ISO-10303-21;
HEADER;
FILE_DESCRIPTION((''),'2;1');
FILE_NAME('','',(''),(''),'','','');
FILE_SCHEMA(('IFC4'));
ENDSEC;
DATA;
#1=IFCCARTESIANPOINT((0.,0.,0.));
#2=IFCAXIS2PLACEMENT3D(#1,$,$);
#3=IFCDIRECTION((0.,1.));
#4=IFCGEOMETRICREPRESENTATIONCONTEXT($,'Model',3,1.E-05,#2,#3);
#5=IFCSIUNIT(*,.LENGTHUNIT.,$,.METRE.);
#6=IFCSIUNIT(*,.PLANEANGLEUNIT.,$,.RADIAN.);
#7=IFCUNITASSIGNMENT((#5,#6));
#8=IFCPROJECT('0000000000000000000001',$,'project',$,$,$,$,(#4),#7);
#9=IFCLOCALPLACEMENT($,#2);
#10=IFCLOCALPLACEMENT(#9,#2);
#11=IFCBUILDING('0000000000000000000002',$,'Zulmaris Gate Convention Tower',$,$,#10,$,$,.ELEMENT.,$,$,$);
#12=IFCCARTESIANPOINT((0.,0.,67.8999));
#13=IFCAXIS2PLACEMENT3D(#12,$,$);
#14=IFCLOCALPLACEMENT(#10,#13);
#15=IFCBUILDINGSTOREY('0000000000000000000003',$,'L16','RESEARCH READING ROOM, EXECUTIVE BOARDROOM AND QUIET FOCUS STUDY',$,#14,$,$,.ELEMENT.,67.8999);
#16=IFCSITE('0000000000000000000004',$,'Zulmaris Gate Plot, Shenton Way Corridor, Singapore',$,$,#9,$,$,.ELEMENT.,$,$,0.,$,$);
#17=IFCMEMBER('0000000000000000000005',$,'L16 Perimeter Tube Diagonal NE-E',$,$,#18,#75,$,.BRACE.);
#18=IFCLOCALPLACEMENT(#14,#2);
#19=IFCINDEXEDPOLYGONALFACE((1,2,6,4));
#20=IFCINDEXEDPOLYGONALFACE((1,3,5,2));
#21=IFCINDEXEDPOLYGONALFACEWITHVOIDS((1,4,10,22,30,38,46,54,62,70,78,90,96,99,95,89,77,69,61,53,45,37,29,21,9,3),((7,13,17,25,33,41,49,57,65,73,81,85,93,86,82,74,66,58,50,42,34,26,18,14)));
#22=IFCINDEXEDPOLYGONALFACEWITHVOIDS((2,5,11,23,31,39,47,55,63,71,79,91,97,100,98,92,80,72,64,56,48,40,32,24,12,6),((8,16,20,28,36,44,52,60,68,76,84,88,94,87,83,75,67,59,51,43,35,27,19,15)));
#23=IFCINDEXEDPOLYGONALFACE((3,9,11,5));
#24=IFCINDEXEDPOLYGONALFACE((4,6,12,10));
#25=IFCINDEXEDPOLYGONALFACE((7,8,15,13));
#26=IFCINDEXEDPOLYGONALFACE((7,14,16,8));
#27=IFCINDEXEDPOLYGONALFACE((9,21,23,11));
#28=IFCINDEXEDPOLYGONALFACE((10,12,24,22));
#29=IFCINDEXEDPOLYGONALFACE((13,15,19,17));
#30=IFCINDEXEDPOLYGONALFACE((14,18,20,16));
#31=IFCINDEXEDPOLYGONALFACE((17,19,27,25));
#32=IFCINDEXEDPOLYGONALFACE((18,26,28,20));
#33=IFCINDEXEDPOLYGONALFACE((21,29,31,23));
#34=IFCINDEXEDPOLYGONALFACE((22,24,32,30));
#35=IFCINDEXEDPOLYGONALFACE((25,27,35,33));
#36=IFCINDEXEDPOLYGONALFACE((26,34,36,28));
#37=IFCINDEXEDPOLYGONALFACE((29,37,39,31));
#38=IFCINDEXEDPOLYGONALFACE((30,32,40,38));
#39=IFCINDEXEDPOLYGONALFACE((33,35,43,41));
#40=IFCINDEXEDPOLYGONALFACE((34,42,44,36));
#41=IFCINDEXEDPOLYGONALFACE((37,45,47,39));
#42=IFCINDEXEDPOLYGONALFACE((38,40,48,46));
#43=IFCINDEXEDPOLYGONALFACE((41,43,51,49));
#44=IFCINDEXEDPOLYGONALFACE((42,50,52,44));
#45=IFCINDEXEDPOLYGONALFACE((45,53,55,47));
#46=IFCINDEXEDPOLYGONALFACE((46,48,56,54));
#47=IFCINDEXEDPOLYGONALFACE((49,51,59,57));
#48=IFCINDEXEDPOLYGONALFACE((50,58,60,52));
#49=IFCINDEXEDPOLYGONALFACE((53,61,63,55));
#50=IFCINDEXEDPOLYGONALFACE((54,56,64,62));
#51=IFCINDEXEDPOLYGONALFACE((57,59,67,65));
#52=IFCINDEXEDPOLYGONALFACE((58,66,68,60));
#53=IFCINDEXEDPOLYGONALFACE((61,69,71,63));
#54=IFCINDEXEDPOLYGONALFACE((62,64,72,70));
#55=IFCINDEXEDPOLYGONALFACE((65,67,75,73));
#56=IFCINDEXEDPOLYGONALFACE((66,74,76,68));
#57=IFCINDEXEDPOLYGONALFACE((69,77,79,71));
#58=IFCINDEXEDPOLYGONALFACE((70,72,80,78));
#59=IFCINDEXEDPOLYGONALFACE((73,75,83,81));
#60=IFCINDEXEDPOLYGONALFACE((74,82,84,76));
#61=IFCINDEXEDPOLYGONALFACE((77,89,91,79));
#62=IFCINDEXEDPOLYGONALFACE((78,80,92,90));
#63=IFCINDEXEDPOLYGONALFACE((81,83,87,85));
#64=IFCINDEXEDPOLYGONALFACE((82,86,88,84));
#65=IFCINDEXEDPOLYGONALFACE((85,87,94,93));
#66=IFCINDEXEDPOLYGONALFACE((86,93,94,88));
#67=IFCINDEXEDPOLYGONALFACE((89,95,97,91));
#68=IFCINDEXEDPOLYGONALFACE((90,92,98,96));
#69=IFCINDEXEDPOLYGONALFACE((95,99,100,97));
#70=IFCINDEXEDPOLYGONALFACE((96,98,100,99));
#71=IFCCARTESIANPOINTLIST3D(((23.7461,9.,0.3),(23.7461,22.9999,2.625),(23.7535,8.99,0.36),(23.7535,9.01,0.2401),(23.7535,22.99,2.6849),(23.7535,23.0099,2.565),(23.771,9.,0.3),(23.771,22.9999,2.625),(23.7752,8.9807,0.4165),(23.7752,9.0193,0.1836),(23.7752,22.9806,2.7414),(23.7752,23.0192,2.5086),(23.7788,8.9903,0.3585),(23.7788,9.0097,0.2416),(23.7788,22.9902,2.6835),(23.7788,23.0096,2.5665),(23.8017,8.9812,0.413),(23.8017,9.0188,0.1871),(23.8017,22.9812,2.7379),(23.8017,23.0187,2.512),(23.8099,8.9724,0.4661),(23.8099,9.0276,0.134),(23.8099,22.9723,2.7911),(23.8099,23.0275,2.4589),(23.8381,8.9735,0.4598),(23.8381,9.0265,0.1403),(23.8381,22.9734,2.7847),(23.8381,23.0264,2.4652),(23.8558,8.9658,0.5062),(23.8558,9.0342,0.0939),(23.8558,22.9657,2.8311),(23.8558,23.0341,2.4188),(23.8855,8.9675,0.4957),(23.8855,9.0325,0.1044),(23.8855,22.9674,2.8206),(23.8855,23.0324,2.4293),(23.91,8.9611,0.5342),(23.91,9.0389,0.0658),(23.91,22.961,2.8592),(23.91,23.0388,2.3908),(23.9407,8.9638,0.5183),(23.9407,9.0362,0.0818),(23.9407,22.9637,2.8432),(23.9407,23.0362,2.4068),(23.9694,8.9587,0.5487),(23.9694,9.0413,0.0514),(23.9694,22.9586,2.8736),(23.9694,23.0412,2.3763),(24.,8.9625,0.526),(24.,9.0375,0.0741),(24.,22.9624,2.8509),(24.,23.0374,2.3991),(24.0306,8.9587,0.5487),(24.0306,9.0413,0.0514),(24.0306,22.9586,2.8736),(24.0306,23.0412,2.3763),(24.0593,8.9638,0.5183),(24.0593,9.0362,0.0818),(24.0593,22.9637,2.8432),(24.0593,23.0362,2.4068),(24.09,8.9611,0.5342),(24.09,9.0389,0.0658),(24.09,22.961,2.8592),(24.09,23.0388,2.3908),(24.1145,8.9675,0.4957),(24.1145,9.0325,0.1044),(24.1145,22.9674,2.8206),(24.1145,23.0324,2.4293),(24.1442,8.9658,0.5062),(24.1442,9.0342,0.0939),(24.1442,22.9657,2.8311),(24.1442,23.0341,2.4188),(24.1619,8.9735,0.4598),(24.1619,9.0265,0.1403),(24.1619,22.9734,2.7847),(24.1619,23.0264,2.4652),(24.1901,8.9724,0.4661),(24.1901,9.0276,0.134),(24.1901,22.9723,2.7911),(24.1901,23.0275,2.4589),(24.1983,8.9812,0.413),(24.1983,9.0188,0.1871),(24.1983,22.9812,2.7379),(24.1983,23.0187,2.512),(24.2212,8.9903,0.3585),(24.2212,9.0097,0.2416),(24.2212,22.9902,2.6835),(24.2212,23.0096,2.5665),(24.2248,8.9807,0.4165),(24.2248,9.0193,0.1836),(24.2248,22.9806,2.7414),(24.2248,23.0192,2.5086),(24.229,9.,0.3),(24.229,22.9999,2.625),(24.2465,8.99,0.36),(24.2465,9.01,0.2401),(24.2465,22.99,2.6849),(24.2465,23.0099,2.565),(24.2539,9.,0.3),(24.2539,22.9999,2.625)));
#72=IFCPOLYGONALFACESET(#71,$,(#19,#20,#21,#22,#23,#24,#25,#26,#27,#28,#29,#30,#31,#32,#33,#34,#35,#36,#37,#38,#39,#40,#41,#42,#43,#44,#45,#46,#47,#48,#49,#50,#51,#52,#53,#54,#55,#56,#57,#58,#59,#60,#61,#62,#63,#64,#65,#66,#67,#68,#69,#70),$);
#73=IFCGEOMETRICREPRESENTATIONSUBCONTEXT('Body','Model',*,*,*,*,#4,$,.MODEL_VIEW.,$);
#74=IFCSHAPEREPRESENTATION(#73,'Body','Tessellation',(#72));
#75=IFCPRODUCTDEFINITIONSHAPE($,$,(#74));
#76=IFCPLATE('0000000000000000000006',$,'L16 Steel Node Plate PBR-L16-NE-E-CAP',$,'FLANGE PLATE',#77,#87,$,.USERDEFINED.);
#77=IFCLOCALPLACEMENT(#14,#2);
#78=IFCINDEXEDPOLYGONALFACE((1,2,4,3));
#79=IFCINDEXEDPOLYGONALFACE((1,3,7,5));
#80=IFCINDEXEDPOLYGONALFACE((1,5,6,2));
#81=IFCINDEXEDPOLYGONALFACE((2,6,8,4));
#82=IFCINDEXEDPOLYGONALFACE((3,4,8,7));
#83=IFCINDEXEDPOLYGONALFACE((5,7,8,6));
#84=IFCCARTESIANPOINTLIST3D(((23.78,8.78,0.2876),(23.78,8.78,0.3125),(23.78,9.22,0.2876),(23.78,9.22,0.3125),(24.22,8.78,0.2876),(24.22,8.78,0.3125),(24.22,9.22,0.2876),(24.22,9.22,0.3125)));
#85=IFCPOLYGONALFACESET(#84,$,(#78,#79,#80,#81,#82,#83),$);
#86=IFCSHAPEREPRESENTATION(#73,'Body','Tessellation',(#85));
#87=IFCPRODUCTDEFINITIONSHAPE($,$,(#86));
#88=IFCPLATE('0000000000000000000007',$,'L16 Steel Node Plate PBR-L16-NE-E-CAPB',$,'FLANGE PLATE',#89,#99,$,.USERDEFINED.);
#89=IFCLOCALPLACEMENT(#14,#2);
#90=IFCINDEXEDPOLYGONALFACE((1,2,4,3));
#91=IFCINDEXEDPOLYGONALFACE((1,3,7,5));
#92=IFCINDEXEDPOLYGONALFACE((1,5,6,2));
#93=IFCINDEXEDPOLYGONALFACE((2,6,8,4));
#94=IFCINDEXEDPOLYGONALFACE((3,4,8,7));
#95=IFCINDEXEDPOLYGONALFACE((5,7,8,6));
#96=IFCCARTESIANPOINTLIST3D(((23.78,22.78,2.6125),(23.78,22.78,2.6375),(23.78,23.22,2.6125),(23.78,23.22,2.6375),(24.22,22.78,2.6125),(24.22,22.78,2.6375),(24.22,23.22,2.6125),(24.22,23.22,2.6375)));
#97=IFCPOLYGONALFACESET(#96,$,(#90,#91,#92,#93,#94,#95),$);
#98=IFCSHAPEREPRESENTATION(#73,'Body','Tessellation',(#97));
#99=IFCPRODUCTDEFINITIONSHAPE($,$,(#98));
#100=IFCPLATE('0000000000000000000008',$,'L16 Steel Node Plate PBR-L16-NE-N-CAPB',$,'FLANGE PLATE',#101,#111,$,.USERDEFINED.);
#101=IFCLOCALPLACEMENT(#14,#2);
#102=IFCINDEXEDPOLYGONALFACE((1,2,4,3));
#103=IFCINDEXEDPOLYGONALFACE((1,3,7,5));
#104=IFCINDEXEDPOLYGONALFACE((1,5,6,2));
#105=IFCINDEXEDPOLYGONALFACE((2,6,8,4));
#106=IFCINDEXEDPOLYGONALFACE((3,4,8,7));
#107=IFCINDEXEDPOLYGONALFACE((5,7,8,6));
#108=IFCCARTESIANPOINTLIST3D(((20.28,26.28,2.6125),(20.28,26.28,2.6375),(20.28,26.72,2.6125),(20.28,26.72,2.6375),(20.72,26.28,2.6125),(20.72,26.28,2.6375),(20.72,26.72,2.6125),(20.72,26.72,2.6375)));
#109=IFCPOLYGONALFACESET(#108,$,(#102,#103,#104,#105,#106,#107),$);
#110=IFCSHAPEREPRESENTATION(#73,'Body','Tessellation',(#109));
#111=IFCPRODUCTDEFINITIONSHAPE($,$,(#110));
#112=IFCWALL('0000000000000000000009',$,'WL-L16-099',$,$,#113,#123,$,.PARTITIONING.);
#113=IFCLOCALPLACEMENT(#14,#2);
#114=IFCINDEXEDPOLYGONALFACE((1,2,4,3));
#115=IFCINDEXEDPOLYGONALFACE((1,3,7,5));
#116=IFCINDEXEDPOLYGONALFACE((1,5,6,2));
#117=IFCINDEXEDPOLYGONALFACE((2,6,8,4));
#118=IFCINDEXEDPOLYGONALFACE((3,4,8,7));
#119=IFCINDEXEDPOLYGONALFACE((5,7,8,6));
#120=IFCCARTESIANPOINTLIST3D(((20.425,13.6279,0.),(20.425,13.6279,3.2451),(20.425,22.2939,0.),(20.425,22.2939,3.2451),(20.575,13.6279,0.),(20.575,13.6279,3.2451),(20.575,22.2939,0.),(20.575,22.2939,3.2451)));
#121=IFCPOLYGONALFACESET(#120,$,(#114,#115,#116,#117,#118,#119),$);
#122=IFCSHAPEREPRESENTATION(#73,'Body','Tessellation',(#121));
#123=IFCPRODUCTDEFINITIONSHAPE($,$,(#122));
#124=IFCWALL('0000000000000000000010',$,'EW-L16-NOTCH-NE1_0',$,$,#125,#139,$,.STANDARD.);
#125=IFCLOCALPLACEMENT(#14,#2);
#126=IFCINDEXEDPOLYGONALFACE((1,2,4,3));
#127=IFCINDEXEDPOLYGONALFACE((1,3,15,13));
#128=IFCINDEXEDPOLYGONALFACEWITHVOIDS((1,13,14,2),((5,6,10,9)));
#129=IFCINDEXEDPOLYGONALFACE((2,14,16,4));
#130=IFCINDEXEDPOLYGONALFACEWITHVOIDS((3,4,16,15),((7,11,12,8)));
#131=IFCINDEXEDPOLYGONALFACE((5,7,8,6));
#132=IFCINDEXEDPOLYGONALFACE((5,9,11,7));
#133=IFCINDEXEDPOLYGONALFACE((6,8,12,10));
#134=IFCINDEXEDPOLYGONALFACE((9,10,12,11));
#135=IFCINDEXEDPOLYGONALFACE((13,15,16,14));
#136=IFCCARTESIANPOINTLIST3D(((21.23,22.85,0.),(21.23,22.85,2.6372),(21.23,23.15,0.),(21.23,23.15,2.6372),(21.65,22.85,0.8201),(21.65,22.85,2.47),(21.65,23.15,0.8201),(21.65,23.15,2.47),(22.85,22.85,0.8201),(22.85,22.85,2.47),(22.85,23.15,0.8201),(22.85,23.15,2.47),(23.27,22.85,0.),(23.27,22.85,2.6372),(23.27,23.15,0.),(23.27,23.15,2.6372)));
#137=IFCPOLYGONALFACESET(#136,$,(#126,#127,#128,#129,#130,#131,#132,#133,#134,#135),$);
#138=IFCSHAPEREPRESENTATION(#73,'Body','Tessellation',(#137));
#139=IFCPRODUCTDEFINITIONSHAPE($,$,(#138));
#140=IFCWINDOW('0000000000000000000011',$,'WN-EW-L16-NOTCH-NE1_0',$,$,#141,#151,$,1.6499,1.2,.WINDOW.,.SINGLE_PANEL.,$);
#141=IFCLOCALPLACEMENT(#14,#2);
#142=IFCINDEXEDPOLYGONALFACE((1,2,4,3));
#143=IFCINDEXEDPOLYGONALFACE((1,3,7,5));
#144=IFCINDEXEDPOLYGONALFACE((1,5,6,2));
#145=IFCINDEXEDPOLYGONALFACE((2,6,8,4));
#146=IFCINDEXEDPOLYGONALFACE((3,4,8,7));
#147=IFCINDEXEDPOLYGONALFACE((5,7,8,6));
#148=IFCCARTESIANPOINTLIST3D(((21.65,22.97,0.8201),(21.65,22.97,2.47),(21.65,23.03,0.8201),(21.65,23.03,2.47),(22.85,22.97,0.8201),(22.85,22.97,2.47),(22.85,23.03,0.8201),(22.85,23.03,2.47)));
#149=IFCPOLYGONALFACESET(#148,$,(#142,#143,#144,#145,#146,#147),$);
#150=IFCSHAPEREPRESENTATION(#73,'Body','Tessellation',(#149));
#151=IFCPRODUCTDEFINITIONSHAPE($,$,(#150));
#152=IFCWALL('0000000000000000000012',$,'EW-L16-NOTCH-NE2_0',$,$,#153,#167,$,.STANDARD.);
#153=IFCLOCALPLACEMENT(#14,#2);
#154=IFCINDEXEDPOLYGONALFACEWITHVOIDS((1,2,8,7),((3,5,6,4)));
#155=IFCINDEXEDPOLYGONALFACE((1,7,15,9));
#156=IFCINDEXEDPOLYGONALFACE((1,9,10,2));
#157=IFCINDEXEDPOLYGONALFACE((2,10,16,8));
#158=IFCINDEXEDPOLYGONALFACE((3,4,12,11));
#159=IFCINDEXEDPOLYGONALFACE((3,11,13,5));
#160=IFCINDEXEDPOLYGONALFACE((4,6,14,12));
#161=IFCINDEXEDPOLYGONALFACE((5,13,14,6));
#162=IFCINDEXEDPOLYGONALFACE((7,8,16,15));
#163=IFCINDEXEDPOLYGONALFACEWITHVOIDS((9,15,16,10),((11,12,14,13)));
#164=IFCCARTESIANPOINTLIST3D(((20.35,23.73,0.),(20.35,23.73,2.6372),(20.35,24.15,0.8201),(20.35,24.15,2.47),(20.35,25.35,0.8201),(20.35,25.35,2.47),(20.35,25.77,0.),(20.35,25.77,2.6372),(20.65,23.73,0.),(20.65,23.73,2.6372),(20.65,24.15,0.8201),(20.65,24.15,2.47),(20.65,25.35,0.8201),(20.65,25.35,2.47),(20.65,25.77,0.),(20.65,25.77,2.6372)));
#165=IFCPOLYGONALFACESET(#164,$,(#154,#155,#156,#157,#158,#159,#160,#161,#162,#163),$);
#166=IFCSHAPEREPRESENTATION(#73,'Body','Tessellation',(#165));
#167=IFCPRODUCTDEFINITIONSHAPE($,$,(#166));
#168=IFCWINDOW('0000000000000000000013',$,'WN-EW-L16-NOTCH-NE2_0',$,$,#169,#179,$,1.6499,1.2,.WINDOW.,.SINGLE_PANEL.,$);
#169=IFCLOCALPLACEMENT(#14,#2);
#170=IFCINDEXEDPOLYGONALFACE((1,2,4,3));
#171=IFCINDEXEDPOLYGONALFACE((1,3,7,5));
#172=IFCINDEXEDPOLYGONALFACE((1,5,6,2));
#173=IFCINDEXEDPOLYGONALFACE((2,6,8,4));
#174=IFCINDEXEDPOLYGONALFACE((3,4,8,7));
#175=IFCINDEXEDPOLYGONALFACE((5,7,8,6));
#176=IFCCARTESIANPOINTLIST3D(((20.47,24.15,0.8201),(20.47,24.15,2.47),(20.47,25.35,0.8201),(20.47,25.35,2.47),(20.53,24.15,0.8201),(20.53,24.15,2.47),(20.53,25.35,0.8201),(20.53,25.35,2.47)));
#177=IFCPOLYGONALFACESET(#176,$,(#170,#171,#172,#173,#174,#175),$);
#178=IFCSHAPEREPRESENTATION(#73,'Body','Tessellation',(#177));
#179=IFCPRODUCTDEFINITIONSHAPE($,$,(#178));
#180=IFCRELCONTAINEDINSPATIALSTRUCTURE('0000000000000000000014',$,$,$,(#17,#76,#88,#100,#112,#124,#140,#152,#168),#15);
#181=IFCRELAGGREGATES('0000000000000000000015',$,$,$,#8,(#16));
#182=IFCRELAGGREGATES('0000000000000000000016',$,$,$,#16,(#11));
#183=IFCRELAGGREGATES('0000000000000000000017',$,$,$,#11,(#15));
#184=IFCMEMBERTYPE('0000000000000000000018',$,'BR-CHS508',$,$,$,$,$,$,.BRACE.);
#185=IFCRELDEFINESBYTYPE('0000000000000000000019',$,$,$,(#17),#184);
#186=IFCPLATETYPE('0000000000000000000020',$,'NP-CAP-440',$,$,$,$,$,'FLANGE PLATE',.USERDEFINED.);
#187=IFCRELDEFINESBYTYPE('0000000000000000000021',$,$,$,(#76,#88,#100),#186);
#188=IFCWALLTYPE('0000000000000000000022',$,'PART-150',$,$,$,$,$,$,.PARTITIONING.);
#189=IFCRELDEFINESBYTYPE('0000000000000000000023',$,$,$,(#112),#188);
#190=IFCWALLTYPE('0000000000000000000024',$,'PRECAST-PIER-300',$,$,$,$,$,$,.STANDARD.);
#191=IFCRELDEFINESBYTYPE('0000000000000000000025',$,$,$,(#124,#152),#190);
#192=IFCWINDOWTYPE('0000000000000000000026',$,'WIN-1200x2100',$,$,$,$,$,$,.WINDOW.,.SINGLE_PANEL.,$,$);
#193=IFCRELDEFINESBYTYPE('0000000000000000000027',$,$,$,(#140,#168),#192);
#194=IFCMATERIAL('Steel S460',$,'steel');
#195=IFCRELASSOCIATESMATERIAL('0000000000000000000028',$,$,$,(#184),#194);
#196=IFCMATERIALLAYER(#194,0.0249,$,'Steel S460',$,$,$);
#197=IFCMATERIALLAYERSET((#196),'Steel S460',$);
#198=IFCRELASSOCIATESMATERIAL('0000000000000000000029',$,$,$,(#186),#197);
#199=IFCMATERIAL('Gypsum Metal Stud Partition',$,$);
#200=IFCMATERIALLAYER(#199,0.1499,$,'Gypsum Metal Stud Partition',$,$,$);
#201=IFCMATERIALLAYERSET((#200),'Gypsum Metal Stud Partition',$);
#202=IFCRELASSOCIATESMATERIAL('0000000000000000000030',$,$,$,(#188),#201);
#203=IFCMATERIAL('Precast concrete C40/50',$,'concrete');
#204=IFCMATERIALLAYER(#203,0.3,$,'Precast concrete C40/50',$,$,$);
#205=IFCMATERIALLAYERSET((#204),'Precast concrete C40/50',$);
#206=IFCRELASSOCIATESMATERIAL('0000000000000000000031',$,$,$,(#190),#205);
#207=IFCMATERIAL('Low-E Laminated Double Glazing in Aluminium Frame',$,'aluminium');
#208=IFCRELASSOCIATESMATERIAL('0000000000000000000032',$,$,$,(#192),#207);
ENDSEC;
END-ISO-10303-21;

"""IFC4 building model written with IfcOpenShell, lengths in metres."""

from ifc_helpers import new_model, si_unit, direction, frame, frame_2d, origin, origin_2d, place, context, subcontext, project, spatial, rectangle, hollow_circle, extrude, material, layer, layer_set, material_profile, profile_set, type_object, element, fill, save


model = new_model("IFC4")

# Units and contexts
model_context = context("Model", 3, precision=1e-05, world=origin(), true_north=direction((0.0, 1.0)))
body_context = subcontext(model_context, "Body", "Model", "MODEL_VIEW")
ifc_project = project(units=[si_unit("LENGTHUNIT", "METRE"), si_unit("PLANEANGLEUNIT", "RADIAN")], contexts=[model_context])

# Site, building, storey
site_placement = place(None, origin())
site = spatial("IfcSite", under=ifc_project, at=site_placement, Name="Zulmaris Gate Plot, Shenton Way Corridor, Singapore", CompositionType="ELEMENT", RefElevation=0.0)
building_placement = place(site_placement, origin())
building = spatial("IfcBuilding", under=site, at=building_placement, Name="Zulmaris Gate Convention Tower", CompositionType="ELEMENT")
storey_placement = place(building_placement, frame((0.0, 0.0, 67.8999)))
storey = spatial("IfcBuildingStorey", under=building, at=storey_placement, Name="L16", Description="RESEARCH READING ROOM, EXECUTIVE BOARDROOM AND QUIET FOCUS STUDY", CompositionType="ELEMENT", Elevation=67.8999)

# Member
ifc_material_1 = material(Name="Steel S460", Category="steel")
ifc_material_profile_1 = material_profile(ifc_material_1, hollow_circle(Radius=0.2539, WallThickness=0.0249, at=origin_2d()), Name="CHS 508x25")
ifc_profile_set_1 = profile_set([ifc_material_profile_1], Name="Steel S460")
member_type = type_object("IfcMemberType", Name="BR-CHS508", PredefinedType="BRACE", material=ifc_profile_set_1)
member_placement = place(storey_placement, frame((24.0, 9.0, 0.3), z_axis=(0.0, 0.98649, 0.163824), x_axis=(-1.0, 0.0, 0.0)))
element("IfcMember", 1, at=member_placement, inside=storey, type_object=member_type, Name="L16 Perimeter Tube Diagonal NE-E", PredefinedType="BRACE", context=body_context, shape_type="SweptSolid", body=[
    extrude(hollow_circle(Radius=0.2539, WallThickness=0.0249, at=origin_2d()), origin(), (0.0, 0.0, 1.0), 14.1917),
])

# Plates
ifc_layer_1 = layer(ifc_material_1, 0.0249, Name="Steel S460")
ifc_layer_set_1 = layer_set([ifc_layer_1], Name="Steel S460")
plate_type = type_object("IfcPlateType", Name="NP-CAP-440", ElementType="FLANGE PLATE", PredefinedType="USERDEFINED", material=ifc_layer_set_1)
for number, where, z_axis, x_axis, name in (
    (2, (24.0, 9.0, 0.2876), (0.0, 0.0, 1.0), (1.0, 0.0, 0.0), "L16 Steel Node Plate PBR-L16-NE-E-CAP"),
    (3, (24.0, 23.0, 2.6125), (0.0, 0.0, 1.0), (1.0, 0.0, 0.0), "L16 Steel Node Plate PBR-L16-NE-E-CAPB"),
    (4, (20.5, 26.5, 2.6125), (0.0, 0.0, 1.0), (1.0, 0.0, 0.0), "L16 Steel Node Plate PBR-L16-NE-N-CAPB"),
):
    element("IfcPlate", number, at=place(storey_placement, frame(where, z_axis=z_axis, x_axis=x_axis)), inside=storey, type_object=plate_type, Name=name, ObjectType="FLANGE PLATE", PredefinedType="USERDEFINED", context=body_context, shape_type="SweptSolid", body=[
        extrude(rectangle(XDim=0.4399, YDim=0.4399, at=origin_2d()), origin(), (0.0, 0.0, 1.0), 0.0249),
    ])

# Shared definitions
ifc_material_2 = material(Name="Gypsum Metal Stud Partition")
ifc_layer_2 = layer(ifc_material_2, 0.1499, Name="Gypsum Metal Stud Partition")
ifc_layer_set_2 = layer_set([ifc_layer_2], Name="Gypsum Metal Stud Partition")
wall_type_1 = type_object("IfcWallType", Name="PART-150", PredefinedType="PARTITIONING", material=ifc_layer_set_2)

# Wall
wall_1_placement = place(storey_placement, frame((20.5, 13.6279, 0.0), z_axis=(0.0, 0.0, 1.0), x_axis=(0.0, 1.0, 0.0)))
element("IfcWall", 5, at=wall_1_placement, inside=storey, type_object=wall_type_1, Name="WL-L16-099", PredefinedType="PARTITIONING", context=body_context, shape_type="SweptSolid", body=[
    extrude(rectangle(XDim=8.666, YDim=0.1499, at=frame_2d((4.333, 0.0))), origin(), (0.0, 0.0, 1.0), 3.2451),
])

# Walls, openings, windows
ifc_material_3 = material(Name="Precast concrete C40/50", Category="concrete")
ifc_layer_3 = layer(ifc_material_3, 0.3, Name="Precast concrete C40/50")
ifc_layer_set_3 = layer_set([ifc_layer_3], Name="Precast concrete C40/50")
wall_type_2 = type_object("IfcWallType", Name="PRECAST-PIER-300", PredefinedType="STANDARD", material=ifc_layer_set_3)
wall_2_placement = place(storey_placement, frame((23.27, 23.0, 0.0), z_axis=(0.0, 0.0, 1.0), x_axis=(-1.0, 0.0, 0.0)))
wall_2 = element("IfcWall", 6, at=wall_2_placement, inside=storey, type_object=wall_type_2, Name="EW-L16-NOTCH-NE1_0", PredefinedType="STANDARD", context=body_context, shape_type="SweptSolid", body=[
    extrude(rectangle(XDim=2.04, YDim=0.3, at=frame_2d((1.02, 0.0))), origin(), (0.0, 0.0, 1.0), 2.6372),
])
opening_1_placement = place(wall_2_placement, frame((0.4199, 0.0, 0.8201)))
opening_1 = element("IfcOpeningElement", 7, at=opening_1_placement, cuts=wall_2, PredefinedType="OPENING", context=body_context, shape_type="SweptSolid", body=[
    extrude(rectangle(XDim=1.2, YDim=1.6499, at=frame_2d((0.6001, 0.825))), frame((0.0, 0.1602, 0.0), z_axis=(0.0, -1.0, 0.0), x_axis=(1.0, 0.0, 0.0)), (0.0, 0.0, 1.0), 0.3201),
])
ifc_material_4 = material(Name="Low-E Laminated Double Glazing in Aluminium Frame", Category="aluminium")
window_type = type_object("IfcWindowType", Name="WIN-1200x2100", PartitioningType="SINGLE_PANEL", PredefinedType="WINDOW", material=ifc_material_4)
window_1_placement = place(opening_1_placement, origin())
window_1 = element("IfcWindow", 8, at=window_1_placement, inside=storey, type_object=window_type, Name="WN-EW-L16-NOTCH-NE1_0", OverallHeight=1.6499, OverallWidth=1.2, PartitioningType="SINGLE_PANEL", PredefinedType="WINDOW", context=body_context, shape_type="SweptSolid", body=[
    extrude(rectangle(XDim=1.2, YDim=1.6499, at=frame_2d((0.6001, 0.825))), frame((0.0, 0.03, 0.0), z_axis=(0.0, -1.0, 0.0), x_axis=(1.0, 0.0, 0.0)), (0.0, 0.0, 1.0), 0.0601),
])
fill(opening_1, window_1)
wall_3_placement = place(storey_placement, frame((20.5, 23.73, 0.0), z_axis=(0.0, 0.0, 1.0), x_axis=(0.0, 1.0, 0.0)))
wall_3 = element("IfcWall", 9, at=wall_3_placement, inside=storey, type_object=wall_type_2, Name="EW-L16-NOTCH-NE2_0", PredefinedType="STANDARD", context=body_context, shape_type="SweptSolid", body=[
    extrude(rectangle(XDim=2.04, YDim=0.3, at=frame_2d((1.02, 0.0))), origin(), (0.0, 0.0, 1.0), 2.6372),
])
opening_2_placement = place(wall_3_placement, frame((0.4199, 0.0, 0.8201)))
opening_2 = element("IfcOpeningElement", 10, at=opening_2_placement, cuts=wall_3, PredefinedType="OPENING", context=body_context, shape_type="SweptSolid", body=[
    extrude(rectangle(XDim=1.2, YDim=1.6499, at=frame_2d((0.6001, 0.825))), frame((0.0, 0.1602, 0.0), z_axis=(0.0, -1.0, 0.0), x_axis=(1.0, 0.0, 0.0)), (0.0, 0.0, 1.0), 0.3201),
])
window_2_placement = place(opening_2_placement, origin())
window_2 = element("IfcWindow", 11, at=window_2_placement, inside=storey, type_object=window_type, Name="WN-EW-L16-NOTCH-NE2_0", OverallHeight=1.6499, OverallWidth=1.2, PartitioningType="SINGLE_PANEL", PredefinedType="WINDOW", context=body_context, shape_type="SweptSolid", body=[
    extrude(rectangle(XDim=1.2, YDim=1.6499, at=frame_2d((0.6001, 0.825))), frame((0.0, 0.03, 0.0), z_axis=(0.0, -1.0, 0.0), x_axis=(1.0, 0.0, 0.0)), (0.0, 0.0, 1.0), 0.0601),
])
fill(opening_2, window_2)

save(model, "model.ifc")
